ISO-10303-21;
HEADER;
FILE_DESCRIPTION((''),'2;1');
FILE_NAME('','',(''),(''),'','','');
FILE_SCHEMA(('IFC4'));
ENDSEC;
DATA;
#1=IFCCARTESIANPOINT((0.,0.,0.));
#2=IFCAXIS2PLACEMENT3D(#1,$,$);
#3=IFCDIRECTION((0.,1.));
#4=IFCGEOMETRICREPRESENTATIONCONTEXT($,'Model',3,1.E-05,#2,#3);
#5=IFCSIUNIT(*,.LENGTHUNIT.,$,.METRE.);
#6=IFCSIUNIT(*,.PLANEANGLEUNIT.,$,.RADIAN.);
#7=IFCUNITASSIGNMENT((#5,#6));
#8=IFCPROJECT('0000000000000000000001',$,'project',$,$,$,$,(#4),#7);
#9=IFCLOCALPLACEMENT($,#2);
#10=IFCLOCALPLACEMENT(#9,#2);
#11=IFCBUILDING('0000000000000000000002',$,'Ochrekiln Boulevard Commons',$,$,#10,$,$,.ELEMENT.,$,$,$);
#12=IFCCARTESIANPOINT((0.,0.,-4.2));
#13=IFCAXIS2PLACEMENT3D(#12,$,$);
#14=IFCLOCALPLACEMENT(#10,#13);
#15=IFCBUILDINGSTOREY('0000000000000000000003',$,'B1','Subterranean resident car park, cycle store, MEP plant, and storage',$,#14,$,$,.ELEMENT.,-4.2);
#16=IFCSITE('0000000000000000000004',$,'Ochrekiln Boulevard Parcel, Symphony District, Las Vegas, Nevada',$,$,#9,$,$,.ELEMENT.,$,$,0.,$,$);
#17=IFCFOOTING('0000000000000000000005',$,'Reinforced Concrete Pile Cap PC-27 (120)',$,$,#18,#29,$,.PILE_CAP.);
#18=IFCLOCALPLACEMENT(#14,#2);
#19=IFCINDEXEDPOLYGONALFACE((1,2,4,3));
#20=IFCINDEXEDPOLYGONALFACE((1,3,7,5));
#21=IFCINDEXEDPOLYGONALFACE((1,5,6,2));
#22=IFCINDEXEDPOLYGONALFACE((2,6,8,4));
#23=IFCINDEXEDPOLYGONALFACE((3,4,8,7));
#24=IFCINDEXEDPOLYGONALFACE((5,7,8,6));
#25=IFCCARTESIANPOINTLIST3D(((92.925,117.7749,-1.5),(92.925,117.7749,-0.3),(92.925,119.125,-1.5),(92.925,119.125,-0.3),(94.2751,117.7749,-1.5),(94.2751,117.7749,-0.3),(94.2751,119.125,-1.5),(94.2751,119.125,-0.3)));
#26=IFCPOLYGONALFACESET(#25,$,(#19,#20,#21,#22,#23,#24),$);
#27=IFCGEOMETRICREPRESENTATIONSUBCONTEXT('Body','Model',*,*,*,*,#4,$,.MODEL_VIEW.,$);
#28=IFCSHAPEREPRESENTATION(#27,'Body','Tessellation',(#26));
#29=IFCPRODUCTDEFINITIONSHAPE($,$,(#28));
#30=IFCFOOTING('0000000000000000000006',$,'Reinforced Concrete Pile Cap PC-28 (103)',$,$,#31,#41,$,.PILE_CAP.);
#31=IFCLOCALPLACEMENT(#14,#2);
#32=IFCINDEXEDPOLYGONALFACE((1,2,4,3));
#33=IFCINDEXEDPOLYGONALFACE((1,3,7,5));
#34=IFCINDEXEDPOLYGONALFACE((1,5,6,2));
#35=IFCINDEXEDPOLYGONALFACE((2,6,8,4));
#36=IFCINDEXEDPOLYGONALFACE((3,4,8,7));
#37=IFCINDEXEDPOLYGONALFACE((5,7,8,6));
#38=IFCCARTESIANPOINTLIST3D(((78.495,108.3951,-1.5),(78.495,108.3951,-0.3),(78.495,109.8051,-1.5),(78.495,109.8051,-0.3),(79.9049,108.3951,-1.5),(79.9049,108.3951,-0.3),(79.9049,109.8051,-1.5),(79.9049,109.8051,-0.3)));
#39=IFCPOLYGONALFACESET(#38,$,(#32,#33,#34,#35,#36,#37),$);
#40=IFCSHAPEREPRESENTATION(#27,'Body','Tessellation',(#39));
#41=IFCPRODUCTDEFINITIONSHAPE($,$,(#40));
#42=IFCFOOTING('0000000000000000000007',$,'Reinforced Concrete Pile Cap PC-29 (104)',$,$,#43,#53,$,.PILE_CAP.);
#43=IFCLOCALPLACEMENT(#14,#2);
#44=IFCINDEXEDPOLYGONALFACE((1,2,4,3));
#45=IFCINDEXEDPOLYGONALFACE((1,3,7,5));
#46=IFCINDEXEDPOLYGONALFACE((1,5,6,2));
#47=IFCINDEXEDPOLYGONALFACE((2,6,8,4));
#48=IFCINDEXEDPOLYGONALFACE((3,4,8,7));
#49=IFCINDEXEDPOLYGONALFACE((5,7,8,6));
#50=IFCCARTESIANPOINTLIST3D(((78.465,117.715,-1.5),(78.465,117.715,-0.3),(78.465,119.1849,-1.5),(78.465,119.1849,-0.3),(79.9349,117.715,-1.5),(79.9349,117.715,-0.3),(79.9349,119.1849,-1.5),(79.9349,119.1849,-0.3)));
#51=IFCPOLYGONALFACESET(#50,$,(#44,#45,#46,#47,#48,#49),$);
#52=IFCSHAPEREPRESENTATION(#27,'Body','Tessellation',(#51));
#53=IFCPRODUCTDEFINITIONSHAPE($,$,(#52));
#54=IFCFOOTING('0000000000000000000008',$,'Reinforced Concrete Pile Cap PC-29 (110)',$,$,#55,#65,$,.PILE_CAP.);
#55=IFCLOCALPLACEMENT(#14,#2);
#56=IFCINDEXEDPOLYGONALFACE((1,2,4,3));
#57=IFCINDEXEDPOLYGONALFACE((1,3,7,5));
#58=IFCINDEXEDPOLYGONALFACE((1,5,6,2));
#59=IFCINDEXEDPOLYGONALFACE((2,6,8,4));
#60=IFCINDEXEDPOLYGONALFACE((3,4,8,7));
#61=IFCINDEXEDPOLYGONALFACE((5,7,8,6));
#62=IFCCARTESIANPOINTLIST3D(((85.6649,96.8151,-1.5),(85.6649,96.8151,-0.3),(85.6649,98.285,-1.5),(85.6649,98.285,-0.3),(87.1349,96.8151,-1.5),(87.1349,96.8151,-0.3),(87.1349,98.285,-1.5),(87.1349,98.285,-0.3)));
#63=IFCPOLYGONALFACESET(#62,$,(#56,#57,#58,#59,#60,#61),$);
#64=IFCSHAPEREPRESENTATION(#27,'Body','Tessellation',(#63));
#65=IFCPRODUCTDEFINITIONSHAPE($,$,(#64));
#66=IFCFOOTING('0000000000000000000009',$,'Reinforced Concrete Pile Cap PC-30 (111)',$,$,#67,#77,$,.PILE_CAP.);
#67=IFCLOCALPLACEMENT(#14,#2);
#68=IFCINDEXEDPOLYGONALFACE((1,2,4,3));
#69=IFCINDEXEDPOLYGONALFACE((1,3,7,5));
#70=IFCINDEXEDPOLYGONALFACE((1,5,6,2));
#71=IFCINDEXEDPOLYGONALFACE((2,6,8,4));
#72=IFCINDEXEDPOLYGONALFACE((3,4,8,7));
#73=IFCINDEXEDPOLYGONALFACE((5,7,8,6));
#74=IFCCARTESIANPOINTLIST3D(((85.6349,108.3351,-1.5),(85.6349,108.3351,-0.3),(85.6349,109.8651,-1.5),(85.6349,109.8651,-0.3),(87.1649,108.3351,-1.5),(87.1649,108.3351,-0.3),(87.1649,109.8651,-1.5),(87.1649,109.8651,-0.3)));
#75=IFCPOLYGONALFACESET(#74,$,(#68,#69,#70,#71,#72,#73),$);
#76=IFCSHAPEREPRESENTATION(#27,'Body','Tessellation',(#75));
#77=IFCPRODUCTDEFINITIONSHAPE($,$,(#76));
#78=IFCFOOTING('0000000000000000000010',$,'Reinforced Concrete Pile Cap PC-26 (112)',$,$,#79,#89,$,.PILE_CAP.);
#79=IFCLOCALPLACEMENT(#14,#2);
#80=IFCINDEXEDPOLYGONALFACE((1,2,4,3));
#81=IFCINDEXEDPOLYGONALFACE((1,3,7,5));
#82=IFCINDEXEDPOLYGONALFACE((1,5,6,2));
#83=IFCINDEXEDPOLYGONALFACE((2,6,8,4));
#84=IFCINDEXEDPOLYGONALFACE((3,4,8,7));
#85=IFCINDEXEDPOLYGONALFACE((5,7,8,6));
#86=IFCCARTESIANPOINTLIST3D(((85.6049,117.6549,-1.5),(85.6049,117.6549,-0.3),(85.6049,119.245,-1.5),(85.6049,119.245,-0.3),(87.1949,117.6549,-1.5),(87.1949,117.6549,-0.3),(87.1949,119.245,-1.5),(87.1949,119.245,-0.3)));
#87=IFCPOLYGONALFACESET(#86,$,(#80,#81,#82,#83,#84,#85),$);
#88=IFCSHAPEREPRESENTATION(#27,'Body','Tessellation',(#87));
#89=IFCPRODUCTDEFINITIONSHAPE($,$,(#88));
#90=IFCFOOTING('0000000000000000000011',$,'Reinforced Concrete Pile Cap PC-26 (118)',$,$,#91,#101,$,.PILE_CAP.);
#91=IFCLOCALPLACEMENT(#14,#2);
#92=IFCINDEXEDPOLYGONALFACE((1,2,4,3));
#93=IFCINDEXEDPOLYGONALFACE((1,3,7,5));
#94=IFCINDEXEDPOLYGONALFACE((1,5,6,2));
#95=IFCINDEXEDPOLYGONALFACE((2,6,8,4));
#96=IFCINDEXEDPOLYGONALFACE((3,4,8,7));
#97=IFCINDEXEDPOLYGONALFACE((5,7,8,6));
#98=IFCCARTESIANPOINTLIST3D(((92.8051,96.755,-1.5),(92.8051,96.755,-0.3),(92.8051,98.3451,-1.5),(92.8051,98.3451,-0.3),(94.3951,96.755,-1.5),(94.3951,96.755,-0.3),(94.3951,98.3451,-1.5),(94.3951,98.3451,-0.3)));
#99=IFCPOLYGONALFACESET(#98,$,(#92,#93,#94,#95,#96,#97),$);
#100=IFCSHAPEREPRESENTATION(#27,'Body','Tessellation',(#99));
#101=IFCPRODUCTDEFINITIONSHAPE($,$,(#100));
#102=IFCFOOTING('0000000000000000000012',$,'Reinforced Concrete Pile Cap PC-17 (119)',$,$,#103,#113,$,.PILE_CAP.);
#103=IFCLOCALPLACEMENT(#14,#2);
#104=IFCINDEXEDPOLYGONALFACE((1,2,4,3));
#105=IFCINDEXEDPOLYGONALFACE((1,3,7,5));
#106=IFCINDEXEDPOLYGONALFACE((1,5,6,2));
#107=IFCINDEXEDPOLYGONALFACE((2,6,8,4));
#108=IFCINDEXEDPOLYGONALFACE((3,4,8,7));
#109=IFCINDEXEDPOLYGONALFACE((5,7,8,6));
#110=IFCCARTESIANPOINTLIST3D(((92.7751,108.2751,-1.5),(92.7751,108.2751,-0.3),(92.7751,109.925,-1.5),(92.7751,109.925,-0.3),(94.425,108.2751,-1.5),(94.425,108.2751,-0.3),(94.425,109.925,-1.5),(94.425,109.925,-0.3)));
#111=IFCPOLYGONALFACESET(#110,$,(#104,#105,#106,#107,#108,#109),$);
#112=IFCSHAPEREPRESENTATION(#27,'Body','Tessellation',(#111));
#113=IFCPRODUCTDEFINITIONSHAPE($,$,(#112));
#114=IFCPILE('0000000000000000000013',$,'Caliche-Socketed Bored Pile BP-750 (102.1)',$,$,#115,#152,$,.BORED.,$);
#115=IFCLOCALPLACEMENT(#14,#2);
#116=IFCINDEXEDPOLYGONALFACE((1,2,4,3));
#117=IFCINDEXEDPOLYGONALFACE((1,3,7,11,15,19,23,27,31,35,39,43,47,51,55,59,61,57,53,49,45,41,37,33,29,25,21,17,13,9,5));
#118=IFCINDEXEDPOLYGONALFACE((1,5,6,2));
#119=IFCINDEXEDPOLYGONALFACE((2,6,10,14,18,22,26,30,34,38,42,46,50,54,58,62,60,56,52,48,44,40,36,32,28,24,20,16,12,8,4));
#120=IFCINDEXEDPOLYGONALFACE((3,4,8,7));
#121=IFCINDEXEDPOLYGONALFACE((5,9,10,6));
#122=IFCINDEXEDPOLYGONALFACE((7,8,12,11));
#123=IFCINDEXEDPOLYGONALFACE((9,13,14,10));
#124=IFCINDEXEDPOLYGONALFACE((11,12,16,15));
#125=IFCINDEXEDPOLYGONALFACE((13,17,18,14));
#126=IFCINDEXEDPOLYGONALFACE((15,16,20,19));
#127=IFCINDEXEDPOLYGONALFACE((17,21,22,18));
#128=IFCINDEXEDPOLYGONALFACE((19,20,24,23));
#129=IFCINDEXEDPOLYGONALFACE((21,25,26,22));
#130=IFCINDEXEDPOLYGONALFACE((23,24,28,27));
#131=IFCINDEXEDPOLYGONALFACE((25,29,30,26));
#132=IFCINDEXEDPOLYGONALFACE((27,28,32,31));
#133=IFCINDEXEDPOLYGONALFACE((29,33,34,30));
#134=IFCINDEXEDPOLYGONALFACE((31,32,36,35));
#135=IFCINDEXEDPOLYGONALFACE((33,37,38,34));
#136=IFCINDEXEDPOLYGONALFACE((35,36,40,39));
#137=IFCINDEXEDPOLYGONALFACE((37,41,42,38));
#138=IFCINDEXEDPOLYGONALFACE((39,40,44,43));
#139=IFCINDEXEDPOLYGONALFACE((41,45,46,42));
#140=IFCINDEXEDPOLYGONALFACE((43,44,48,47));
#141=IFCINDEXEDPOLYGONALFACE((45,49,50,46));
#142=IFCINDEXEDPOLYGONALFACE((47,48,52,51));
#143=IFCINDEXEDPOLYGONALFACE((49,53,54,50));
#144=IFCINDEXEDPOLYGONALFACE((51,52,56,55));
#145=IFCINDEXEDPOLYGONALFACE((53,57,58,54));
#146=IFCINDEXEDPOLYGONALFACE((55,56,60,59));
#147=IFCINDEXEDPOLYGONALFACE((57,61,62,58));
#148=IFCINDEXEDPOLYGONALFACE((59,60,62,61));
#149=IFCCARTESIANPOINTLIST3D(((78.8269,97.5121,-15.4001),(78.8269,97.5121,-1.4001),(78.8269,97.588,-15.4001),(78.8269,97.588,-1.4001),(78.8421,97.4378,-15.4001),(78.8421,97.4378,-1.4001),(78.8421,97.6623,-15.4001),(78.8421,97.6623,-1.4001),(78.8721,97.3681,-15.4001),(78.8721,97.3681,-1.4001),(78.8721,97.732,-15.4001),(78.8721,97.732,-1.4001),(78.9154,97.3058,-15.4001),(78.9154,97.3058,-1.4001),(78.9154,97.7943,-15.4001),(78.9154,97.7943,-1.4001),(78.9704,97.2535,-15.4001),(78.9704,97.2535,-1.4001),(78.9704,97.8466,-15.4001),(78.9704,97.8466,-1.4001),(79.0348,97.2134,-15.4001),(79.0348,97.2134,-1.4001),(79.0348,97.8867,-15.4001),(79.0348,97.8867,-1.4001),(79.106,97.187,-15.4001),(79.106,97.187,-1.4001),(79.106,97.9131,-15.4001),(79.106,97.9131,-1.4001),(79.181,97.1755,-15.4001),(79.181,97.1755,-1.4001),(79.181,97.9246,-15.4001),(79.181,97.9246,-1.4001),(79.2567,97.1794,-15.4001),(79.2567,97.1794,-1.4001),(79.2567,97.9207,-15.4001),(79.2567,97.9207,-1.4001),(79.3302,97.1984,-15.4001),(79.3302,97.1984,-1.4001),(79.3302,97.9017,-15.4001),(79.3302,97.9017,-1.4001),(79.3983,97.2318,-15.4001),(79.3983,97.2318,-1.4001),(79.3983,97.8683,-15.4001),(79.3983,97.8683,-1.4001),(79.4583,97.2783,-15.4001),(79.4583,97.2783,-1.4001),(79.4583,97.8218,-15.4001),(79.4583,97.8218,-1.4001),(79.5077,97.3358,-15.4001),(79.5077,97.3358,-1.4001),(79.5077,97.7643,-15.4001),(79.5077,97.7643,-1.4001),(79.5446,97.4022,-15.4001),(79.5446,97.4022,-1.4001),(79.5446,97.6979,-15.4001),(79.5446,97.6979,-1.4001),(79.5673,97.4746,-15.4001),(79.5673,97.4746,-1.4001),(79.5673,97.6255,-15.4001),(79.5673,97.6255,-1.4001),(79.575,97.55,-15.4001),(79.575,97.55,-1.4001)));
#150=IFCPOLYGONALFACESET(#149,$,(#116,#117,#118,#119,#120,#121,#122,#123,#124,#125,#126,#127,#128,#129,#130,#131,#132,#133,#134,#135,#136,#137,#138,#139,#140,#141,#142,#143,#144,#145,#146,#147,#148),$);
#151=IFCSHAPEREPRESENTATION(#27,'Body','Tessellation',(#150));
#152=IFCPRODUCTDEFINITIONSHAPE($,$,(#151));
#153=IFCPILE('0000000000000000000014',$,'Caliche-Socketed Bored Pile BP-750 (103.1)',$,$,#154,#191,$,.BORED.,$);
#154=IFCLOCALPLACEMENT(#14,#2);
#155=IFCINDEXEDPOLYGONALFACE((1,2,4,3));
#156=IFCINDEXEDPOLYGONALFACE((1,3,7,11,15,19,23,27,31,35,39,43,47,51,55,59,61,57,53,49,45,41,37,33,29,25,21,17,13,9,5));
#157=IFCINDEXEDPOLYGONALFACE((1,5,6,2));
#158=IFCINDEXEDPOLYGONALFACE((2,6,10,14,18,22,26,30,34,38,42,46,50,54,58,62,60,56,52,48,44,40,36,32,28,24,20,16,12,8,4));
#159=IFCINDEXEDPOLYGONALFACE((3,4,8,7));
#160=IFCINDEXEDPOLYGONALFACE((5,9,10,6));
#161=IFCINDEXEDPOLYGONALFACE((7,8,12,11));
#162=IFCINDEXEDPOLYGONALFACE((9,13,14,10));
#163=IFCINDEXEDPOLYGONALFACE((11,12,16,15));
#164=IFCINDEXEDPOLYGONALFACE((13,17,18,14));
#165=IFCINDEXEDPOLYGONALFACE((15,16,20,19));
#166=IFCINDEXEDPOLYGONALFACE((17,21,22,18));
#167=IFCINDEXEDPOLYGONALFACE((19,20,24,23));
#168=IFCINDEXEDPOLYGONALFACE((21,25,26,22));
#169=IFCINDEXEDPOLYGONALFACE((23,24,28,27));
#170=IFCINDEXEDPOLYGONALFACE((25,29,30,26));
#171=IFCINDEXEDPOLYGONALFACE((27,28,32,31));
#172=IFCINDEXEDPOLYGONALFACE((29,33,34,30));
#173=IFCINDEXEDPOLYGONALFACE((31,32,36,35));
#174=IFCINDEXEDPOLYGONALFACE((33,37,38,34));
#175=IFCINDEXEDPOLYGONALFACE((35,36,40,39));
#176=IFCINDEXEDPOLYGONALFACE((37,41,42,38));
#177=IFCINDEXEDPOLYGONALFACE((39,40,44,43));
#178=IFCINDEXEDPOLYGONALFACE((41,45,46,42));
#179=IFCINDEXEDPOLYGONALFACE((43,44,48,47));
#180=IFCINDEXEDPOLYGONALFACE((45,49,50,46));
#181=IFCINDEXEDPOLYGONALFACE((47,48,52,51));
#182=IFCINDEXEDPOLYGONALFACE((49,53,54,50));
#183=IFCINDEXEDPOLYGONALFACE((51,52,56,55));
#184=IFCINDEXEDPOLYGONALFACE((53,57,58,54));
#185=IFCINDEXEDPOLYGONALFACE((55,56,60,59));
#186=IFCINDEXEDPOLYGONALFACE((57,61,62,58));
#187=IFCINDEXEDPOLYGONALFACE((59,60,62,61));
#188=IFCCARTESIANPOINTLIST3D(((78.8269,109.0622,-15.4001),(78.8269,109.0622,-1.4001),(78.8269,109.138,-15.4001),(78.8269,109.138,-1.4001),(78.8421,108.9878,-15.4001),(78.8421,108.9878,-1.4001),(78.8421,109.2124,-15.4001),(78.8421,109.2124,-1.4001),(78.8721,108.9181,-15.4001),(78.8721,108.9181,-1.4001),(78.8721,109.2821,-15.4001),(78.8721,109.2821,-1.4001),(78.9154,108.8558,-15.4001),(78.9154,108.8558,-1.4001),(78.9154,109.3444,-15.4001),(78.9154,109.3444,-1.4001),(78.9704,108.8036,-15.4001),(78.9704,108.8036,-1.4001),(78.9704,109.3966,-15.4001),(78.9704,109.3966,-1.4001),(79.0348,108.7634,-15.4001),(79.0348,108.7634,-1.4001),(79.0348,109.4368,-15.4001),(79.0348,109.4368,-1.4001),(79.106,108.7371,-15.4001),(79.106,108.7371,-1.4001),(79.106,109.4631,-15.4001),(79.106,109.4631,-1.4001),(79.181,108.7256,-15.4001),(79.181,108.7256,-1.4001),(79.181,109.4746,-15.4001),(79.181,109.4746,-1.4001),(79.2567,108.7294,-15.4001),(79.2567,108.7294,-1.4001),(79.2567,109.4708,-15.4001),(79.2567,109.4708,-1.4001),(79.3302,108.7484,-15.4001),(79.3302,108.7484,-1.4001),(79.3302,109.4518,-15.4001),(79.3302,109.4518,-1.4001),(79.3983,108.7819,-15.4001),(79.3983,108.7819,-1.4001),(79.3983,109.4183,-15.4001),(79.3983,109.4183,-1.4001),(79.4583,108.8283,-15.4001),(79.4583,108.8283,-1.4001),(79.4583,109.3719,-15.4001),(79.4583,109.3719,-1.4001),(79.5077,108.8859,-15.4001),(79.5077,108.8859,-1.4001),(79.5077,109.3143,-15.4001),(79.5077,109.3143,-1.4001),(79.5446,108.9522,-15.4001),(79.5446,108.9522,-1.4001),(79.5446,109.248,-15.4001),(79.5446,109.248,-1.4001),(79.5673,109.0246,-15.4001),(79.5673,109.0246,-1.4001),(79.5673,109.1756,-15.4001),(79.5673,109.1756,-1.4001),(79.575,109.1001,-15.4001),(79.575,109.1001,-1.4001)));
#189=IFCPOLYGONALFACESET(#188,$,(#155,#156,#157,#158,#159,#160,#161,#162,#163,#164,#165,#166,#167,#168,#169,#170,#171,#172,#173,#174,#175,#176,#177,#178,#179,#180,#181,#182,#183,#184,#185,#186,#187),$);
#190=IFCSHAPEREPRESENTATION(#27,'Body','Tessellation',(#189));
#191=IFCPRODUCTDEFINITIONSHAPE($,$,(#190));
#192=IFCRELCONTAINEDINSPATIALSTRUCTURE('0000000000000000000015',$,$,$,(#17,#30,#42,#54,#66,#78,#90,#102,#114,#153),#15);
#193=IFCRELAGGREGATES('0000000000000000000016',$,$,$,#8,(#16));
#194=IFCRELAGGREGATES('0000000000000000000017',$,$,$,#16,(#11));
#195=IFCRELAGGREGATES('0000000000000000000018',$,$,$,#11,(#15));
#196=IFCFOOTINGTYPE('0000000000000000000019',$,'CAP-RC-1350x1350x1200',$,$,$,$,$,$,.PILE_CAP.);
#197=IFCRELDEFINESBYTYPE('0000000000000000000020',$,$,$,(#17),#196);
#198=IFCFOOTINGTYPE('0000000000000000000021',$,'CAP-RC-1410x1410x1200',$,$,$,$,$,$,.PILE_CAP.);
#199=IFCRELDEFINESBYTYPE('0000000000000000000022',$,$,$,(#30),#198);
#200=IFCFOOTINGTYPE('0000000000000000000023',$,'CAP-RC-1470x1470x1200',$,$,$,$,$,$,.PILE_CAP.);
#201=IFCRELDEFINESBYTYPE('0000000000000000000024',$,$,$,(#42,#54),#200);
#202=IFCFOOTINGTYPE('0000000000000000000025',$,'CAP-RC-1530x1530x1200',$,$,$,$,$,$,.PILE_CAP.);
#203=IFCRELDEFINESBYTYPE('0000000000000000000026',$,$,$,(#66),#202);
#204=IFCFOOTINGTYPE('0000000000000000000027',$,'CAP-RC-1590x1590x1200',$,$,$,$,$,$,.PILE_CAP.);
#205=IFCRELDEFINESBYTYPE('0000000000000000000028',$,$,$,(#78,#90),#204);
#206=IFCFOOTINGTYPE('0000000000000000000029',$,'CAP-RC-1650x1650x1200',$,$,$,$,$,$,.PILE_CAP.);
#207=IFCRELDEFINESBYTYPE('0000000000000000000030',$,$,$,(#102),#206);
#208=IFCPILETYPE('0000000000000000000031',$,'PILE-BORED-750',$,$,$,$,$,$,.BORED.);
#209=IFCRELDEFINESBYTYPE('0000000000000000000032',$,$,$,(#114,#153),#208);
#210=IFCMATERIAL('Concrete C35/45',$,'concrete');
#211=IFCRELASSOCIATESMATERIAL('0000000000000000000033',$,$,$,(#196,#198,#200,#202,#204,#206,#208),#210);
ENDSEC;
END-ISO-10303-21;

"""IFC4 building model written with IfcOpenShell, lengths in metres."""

from ifc_helpers import new_model, si_unit, direction, frame, origin, origin_2d, place, context, subcontext, project, spatial, rectangle, circle, extrude, material, material_profile, profile_set, type_object, element, save


model = new_model("IFC4")

# Units and contexts
model_context = context("Model", 3, precision=1e-05, world=origin(), true_north=direction((0.0, 1.0)))
body_context = subcontext(model_context, "Body", "Model", "MODEL_VIEW")
ifc_project = project(units=[si_unit("LENGTHUNIT", "METRE"), si_unit("PLANEANGLEUNIT", "RADIAN")], contexts=[model_context])

# Site, building, storey
site_placement = place(None, origin())
site = spatial("IfcSite", under=ifc_project, at=site_placement, Name="Ochrekiln Boulevard Parcel, Symphony District, Las Vegas, Nevada", CompositionType="ELEMENT", RefElevation=0.0)
building_placement = place(site_placement, origin())
building = spatial("IfcBuilding", under=site, at=building_placement, Name="Ochrekiln Boulevard Commons", CompositionType="ELEMENT")
storey_placement = place(building_placement, frame((0.0, 0.0, -4.2)))
storey = spatial("IfcBuildingStorey", under=building, at=storey_placement, Name="B1", Description="Subterranean resident car park, cycle store, MEP plant, and storage", CompositionType="ELEMENT", Elevation=-4.2)

# Footings
ifc_material = material(Name="Concrete C35/45", Category="concrete")
footing_type_1 = type_object("IfcFootingType", Name="CAP-RC-1350x1350x1200", PredefinedType="PILE_CAP", material=ifc_material)
footing_1_placement = place(storey_placement, frame((93.6001, 118.45, -1.5), z_axis=(0.0, 0.0, 1.0), x_axis=(1.0, 0.0, 0.0)))
element("IfcFooting", 1, at=footing_1_placement, inside=storey, type_object=footing_type_1, Name="Reinforced Concrete Pile Cap PC-27 (120)", PredefinedType="PILE_CAP", context=body_context, shape_type="SweptSolid", body=[
    extrude(rectangle(XDim=1.3501, YDim=1.3501, at=origin_2d()), origin(), (0.0, 0.0, 1.0), 1.2),
])
footing_type_2 = type_object("IfcFootingType", Name="CAP-RC-1410x1410x1200", PredefinedType="PILE_CAP", material=ifc_material)
footing_2_placement = place(storey_placement, frame((79.2, 109.1001, -1.5), z_axis=(0.0, 0.0, 1.0), x_axis=(1.0, 0.0, 0.0)))
element("IfcFooting", 2, at=footing_2_placement, inside=storey, type_object=footing_type_2, Name="Reinforced Concrete Pile Cap PC-28 (103)", PredefinedType="PILE_CAP", context=body_context, shape_type="SweptSolid", body=[
    extrude(rectangle(XDim=1.4099, YDim=1.4099, at=origin_2d()), origin(), (0.0, 0.0, 1.0), 1.2),
])
footing_type_3 = type_object("IfcFootingType", Name="CAP-RC-1470x1470x1200", PredefinedType="PILE_CAP", material=ifc_material)
for number, where, z_axis, x_axis, name in (
    (3, (79.2, 118.45, -1.5), (0.0, 0.0, 1.0), (1.0, 0.0, 0.0), "Reinforced Concrete Pile Cap PC-29 (104)"),
    (4, (86.3999, 97.55, -1.5), (0.0, 0.0, 1.0), (1.0, 0.0, 0.0), "Reinforced Concrete Pile Cap PC-29 (110)"),
):
    element("IfcFooting", number, at=place(storey_placement, frame(where, z_axis=z_axis, x_axis=x_axis)), inside=storey, type_object=footing_type_3, Name=name, PredefinedType="PILE_CAP", context=body_context, shape_type="SweptSolid", body=[
        extrude(rectangle(XDim=1.47, YDim=1.47, at=origin_2d()), origin(), (0.0, 0.0, 1.0), 1.2),
    ])
footing_type_4 = type_object("IfcFootingType", Name="CAP-RC-1530x1530x1200", PredefinedType="PILE_CAP", material=ifc_material)
footing_3_placement = place(storey_placement, frame((86.3999, 109.1001, -1.5), z_axis=(0.0, 0.0, 1.0), x_axis=(1.0, 0.0, 0.0)))
element("IfcFooting", 5, at=footing_3_placement, inside=storey, type_object=footing_type_4, Name="Reinforced Concrete Pile Cap PC-30 (111)", PredefinedType="PILE_CAP", context=body_context, shape_type="SweptSolid", body=[
    extrude(rectangle(XDim=1.53, YDim=1.53, at=origin_2d()), origin(), (0.0, 0.0, 1.0), 1.2),
])
footing_type_5 = type_object("IfcFootingType", Name="CAP-RC-1590x1590x1200", PredefinedType="PILE_CAP", material=ifc_material)
for number, where, z_axis, x_axis, name in (
    (6, (86.3999, 118.45, -1.5), (0.0, 0.0, 1.0), (1.0, 0.0, 0.0), "Reinforced Concrete Pile Cap PC-26 (112)"),
    (7, (93.6001, 97.55, -1.5), (0.0, 0.0, 1.0), (1.0, 0.0, 0.0), "Reinforced Concrete Pile Cap PC-26 (118)"),
):
    element("IfcFooting", number, at=place(storey_placement, frame(where, z_axis=z_axis, x_axis=x_axis)), inside=storey, type_object=footing_type_5, Name=name, PredefinedType="PILE_CAP", context=body_context, shape_type="SweptSolid", body=[
        extrude(rectangle(XDim=1.5901, YDim=1.5901, at=origin_2d()), origin(), (0.0, 0.0, 1.0), 1.2),
    ])
footing_type_6 = type_object("IfcFootingType", Name="CAP-RC-1650x1650x1200", PredefinedType="PILE_CAP", material=ifc_material)
footing_4_placement = place(storey_placement, frame((93.6001, 109.1001, -1.5), z_axis=(0.0, 0.0, 1.0), x_axis=(1.0, 0.0, 0.0)))
element("IfcFooting", 8, at=footing_4_placement, inside=storey, type_object=footing_type_6, Name="Reinforced Concrete Pile Cap PC-17 (119)", PredefinedType="PILE_CAP", context=body_context, shape_type="SweptSolid", body=[
    extrude(rectangle(XDim=1.6499, YDim=1.6499, at=origin_2d()), origin(), (0.0, 0.0, 1.0), 1.2),
])

# Piles
ifc_material_profile_1 = material_profile(ifc_material, circle(Radius=0.375, at=origin_2d()), Name="PILE-D750")
ifc_profile_set_1 = profile_set([ifc_material_profile_1], Name="Concrete C35/45")
pile_type = type_object("IfcPileType", Name="PILE-BORED-750", PredefinedType="BORED", material=ifc_profile_set_1)
for number, where, z_axis, x_axis, name in (
    (9, (79.2, 97.55, -1.4001), (0.0, 0.0, -1.0), (1.0, 0.0, 0.0), "Caliche-Socketed Bored Pile BP-750 (102.1)"),
    (10, (79.2, 109.1001, -1.4001), (0.0, 0.0, -1.0), (1.0, 0.0, 0.0), "Caliche-Socketed Bored Pile BP-750 (103.1)"),
):
    element("IfcPile", number, at=place(storey_placement, frame(where, z_axis=z_axis, x_axis=x_axis)), inside=storey, type_object=pile_type, Name=name, PredefinedType="BORED", context=body_context, shape_type="SweptSolid", body=[
        extrude(circle(Radius=0.375, at=origin_2d()), origin(), (0.0, 0.0, 1.0), 14.0),
    ])

save(model, "model.ifc")
